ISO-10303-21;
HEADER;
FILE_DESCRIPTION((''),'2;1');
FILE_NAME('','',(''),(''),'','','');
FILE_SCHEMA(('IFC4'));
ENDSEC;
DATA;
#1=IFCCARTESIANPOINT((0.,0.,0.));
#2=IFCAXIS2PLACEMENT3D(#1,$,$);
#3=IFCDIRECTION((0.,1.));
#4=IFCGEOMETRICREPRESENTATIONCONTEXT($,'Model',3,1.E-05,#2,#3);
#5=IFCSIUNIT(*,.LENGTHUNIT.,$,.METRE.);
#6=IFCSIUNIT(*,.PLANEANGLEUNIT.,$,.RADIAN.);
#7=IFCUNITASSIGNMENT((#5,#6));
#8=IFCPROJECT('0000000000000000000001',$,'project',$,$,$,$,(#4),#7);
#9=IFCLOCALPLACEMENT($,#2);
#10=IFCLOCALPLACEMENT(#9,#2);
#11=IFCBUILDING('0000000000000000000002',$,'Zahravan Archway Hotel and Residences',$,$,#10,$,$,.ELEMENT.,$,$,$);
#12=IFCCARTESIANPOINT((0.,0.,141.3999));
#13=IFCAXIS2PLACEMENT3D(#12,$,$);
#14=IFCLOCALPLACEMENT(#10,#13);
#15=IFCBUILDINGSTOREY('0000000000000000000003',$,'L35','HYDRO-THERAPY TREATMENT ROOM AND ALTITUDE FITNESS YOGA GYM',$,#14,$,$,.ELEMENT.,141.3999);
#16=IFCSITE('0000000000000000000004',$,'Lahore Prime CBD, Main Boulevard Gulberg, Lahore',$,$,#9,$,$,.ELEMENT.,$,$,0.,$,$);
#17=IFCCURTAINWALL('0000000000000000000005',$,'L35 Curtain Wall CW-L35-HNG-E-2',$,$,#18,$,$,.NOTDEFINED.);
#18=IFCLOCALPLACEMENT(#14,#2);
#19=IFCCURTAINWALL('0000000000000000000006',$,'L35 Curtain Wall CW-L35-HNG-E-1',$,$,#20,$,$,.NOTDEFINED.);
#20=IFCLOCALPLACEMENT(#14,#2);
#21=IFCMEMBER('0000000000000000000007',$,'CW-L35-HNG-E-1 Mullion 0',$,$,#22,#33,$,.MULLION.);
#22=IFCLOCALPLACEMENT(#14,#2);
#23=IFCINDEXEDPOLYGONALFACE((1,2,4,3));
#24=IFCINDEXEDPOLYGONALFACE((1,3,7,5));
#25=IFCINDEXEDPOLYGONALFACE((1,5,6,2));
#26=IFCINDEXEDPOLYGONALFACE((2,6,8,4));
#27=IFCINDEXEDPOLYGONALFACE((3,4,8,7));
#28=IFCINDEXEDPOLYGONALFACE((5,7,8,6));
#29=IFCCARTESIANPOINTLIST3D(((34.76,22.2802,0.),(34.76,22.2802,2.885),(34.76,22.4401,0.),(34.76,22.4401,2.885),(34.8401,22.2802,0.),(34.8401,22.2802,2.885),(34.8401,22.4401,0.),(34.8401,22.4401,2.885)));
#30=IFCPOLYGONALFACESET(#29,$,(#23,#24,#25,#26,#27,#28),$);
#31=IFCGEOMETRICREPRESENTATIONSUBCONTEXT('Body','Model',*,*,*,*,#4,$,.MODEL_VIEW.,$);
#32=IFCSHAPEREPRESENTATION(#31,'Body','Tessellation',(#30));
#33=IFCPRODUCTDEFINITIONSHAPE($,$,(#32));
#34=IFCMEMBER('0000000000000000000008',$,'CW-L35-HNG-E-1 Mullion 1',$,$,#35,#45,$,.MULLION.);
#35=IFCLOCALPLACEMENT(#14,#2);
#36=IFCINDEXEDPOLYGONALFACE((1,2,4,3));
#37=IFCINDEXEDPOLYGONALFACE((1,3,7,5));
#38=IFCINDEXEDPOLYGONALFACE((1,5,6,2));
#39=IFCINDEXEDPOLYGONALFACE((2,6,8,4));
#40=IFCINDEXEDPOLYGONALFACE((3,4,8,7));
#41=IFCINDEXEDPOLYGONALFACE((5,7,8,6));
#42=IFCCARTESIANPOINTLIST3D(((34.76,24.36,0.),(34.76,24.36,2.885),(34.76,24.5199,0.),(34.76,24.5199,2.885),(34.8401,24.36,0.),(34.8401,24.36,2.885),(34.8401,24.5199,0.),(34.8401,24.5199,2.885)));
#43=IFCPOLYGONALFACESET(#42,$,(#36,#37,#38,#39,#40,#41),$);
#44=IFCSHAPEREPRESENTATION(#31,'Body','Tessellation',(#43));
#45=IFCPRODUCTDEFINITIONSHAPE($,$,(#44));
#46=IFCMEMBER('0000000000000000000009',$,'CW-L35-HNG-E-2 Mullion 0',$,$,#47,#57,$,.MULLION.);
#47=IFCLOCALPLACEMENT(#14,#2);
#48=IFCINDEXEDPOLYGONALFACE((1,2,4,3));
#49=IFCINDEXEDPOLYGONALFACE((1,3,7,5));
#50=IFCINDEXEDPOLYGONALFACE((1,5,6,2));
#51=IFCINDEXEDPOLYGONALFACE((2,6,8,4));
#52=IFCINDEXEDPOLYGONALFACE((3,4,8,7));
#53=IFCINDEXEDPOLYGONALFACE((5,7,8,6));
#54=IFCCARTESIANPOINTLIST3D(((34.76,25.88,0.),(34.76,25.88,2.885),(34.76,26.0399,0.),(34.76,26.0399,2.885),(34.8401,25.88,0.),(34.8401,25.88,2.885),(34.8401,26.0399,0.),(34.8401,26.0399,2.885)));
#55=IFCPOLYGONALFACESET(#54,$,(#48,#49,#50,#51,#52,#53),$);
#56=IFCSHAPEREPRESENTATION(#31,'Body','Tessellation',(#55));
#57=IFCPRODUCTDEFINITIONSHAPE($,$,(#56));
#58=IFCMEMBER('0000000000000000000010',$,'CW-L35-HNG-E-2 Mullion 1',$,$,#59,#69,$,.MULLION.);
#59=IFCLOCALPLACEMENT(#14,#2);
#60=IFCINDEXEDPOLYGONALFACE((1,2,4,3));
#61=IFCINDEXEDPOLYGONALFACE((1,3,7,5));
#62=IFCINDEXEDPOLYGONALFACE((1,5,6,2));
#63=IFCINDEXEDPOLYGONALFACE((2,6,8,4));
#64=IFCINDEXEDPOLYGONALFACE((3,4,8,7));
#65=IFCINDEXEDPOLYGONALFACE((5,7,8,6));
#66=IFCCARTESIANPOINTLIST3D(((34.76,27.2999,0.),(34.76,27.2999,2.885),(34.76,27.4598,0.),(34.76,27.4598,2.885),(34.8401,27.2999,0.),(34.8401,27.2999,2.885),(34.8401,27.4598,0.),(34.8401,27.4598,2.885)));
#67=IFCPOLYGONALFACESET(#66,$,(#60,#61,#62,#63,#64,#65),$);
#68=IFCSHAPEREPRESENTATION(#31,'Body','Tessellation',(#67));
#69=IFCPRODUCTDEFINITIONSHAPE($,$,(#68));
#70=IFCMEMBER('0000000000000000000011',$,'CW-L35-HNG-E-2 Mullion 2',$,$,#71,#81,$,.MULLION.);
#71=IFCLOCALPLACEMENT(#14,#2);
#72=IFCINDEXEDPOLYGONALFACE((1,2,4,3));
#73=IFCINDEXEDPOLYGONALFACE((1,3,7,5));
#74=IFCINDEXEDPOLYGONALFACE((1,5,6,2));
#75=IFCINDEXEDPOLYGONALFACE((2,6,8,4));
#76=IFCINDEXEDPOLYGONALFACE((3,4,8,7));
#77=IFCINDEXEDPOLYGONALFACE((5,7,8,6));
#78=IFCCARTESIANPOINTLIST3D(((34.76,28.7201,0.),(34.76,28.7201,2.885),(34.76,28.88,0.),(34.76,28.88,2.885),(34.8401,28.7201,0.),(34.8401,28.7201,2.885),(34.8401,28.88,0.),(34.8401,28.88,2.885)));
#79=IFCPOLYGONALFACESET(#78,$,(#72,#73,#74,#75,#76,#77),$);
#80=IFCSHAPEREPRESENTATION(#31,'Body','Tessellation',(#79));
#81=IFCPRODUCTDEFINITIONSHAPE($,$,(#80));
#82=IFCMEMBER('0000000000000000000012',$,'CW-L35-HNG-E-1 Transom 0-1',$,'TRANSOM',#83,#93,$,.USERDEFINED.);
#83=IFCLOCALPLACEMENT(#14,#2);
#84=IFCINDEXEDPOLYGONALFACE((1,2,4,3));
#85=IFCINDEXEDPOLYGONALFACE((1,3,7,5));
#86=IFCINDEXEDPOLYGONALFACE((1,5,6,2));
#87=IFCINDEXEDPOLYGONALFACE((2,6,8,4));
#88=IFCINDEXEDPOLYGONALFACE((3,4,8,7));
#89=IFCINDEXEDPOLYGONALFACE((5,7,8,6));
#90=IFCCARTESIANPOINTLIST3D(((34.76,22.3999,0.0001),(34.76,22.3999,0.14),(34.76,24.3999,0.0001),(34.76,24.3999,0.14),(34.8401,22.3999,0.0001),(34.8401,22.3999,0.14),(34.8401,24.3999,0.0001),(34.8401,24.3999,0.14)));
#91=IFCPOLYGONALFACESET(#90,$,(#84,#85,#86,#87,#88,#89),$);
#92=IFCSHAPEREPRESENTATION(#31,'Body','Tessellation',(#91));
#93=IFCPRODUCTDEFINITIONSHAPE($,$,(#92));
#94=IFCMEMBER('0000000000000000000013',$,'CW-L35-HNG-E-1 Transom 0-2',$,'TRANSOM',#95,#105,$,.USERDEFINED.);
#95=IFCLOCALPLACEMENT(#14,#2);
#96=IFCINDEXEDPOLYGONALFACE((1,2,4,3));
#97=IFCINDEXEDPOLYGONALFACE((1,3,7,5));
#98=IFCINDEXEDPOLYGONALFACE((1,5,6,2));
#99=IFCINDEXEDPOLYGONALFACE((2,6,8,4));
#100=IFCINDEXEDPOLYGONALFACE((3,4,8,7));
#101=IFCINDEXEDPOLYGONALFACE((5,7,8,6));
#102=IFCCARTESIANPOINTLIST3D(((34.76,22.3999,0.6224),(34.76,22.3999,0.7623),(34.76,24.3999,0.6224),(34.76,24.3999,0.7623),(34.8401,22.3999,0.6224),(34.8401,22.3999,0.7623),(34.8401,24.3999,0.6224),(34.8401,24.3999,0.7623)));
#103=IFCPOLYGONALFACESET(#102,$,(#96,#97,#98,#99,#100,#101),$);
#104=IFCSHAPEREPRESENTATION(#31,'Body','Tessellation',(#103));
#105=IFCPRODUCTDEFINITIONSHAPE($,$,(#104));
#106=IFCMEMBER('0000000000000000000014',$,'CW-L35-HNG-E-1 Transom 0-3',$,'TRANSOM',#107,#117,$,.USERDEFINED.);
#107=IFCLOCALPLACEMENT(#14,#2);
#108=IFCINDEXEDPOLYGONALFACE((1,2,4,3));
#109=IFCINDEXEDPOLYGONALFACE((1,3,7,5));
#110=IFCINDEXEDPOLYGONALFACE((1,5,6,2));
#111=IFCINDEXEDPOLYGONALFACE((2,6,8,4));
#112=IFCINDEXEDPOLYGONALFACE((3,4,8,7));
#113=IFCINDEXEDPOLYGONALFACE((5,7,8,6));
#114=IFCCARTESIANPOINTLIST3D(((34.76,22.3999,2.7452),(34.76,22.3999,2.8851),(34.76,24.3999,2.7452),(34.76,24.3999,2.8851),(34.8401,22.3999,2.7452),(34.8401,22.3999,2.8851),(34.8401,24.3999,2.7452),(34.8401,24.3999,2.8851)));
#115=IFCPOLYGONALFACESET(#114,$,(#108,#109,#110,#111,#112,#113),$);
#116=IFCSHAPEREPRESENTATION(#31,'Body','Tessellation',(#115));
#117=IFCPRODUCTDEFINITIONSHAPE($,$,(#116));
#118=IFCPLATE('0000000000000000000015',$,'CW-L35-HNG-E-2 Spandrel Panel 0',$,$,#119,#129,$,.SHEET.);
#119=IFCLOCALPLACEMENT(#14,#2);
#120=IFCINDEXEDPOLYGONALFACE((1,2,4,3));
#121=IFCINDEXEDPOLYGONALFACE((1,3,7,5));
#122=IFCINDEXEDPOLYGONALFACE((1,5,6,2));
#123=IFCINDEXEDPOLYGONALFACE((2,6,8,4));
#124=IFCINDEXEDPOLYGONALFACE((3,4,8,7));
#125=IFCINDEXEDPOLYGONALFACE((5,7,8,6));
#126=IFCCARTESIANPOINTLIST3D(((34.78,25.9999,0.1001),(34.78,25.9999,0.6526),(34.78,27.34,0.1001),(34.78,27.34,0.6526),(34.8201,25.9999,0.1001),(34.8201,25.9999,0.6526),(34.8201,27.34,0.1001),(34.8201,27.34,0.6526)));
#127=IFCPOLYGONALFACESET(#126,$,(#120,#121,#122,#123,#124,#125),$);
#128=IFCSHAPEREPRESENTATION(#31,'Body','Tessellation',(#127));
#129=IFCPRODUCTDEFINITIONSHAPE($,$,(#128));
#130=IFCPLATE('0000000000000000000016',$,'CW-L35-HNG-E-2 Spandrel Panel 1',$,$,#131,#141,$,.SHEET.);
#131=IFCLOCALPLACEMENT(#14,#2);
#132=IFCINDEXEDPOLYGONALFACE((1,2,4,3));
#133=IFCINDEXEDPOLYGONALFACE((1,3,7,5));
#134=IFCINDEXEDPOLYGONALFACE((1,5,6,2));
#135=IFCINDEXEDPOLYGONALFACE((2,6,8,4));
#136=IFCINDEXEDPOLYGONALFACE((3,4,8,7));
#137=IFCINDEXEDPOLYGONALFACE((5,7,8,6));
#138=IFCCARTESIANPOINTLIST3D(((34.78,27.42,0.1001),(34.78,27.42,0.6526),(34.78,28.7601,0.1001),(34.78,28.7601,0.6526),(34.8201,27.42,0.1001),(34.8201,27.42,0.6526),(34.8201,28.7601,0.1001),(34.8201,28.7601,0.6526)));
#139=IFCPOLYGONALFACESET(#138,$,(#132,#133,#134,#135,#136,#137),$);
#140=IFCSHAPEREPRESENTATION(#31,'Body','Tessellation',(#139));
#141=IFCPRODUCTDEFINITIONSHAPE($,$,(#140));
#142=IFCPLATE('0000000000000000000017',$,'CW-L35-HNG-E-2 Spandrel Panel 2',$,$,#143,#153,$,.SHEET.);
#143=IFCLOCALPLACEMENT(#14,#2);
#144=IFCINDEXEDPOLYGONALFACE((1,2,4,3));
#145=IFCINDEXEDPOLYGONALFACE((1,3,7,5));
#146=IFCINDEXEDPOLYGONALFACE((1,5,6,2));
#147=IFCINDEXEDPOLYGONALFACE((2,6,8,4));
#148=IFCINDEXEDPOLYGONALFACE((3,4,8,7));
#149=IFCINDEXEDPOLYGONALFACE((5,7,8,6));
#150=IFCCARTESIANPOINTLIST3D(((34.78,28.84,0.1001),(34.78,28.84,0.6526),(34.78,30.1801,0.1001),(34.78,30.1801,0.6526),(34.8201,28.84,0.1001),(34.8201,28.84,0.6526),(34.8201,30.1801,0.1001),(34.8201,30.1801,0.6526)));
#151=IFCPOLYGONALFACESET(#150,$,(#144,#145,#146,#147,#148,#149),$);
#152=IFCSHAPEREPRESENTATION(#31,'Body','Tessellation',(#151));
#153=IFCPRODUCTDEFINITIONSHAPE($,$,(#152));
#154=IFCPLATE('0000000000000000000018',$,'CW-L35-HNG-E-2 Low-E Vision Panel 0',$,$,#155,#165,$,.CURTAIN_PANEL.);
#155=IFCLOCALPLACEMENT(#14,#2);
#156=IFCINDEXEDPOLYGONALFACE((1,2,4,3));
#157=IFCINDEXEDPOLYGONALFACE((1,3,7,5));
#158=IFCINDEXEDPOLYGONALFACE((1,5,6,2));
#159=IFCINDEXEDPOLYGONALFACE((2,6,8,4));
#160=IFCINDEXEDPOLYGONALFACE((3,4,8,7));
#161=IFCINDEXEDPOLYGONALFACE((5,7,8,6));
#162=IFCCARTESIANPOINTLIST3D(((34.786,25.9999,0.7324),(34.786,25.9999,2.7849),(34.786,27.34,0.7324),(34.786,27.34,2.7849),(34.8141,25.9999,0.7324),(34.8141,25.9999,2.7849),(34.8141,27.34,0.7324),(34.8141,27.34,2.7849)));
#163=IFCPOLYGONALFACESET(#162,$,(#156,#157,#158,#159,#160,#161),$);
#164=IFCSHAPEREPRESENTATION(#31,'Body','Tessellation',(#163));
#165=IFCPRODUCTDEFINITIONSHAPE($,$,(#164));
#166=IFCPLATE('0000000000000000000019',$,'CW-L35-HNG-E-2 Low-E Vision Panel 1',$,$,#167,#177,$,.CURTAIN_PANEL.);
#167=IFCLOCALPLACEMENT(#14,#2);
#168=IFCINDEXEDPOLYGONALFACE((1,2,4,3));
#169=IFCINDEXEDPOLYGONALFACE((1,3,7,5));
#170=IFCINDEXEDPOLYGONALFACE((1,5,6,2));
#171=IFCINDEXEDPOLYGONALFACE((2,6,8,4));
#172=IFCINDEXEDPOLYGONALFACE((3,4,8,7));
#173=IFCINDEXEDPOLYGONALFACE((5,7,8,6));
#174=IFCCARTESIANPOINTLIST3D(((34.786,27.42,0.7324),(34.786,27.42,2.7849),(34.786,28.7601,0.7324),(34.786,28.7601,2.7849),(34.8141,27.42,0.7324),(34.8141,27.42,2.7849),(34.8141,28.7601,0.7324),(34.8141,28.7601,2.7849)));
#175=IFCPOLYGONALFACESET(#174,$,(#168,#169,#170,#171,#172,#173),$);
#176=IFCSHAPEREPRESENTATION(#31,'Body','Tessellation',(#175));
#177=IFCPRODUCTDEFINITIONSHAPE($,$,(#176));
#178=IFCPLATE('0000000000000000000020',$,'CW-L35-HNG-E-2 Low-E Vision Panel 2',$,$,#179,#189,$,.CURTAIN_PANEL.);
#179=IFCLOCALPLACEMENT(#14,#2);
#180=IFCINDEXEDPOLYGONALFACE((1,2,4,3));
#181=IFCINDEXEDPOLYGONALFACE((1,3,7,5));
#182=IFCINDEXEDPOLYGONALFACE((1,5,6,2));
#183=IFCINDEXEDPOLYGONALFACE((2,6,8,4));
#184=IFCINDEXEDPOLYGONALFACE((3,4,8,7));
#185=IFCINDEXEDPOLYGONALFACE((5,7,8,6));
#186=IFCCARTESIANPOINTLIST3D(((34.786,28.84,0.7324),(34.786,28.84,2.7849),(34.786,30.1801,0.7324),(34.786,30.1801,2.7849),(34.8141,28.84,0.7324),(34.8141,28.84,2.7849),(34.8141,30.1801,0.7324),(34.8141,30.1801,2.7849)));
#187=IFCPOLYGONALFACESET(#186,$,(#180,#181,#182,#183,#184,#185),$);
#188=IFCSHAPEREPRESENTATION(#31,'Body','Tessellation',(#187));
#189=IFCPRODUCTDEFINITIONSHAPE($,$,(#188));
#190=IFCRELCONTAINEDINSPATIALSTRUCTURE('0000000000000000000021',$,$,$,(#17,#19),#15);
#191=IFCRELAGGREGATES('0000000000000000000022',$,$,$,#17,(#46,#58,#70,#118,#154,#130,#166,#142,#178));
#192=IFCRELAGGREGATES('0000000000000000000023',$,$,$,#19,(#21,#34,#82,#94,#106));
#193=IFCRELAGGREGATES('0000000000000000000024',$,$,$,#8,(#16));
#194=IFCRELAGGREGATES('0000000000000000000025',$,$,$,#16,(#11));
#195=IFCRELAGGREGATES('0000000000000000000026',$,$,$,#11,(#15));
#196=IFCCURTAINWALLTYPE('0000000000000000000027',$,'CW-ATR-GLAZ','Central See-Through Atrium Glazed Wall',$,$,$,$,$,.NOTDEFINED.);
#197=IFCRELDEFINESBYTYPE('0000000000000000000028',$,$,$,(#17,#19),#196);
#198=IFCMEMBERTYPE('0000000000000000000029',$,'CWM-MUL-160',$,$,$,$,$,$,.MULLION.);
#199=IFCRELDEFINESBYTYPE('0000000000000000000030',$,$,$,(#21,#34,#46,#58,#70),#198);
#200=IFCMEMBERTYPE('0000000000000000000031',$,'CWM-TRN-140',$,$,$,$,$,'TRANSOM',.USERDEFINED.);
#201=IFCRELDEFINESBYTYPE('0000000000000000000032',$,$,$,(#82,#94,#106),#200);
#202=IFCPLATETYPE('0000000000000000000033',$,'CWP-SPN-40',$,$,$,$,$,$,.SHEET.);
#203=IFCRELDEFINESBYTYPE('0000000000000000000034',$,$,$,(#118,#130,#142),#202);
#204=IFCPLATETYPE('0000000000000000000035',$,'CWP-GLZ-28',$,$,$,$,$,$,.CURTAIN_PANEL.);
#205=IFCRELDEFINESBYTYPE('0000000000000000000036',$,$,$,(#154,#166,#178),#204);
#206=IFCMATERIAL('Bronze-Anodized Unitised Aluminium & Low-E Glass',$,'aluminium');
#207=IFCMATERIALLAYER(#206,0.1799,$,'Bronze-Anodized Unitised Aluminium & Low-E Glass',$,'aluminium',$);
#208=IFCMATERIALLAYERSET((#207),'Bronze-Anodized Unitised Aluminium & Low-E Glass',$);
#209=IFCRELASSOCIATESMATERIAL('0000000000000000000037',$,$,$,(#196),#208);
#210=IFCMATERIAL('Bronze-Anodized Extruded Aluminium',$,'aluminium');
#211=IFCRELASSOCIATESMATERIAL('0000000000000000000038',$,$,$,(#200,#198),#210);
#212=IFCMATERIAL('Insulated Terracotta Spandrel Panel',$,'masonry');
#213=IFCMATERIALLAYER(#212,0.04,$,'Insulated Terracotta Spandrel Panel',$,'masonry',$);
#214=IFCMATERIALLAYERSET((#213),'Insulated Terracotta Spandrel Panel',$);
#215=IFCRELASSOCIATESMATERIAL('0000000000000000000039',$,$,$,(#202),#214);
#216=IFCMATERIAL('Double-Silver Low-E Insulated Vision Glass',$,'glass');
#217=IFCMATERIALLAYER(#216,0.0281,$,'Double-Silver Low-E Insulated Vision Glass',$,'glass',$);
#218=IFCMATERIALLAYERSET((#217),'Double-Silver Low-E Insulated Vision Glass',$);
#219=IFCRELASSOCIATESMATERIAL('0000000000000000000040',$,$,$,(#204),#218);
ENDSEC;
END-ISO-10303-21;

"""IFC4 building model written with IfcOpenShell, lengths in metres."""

from ifc_helpers import new_model, si_unit, direction, frame, origin, origin_2d, place, context, subcontext, project, spatial, rectangle, extrude, source, transform, mapped, material, layer, layer_set, material_profile, profile_set, type_object, element, aggregate, save


model = new_model("IFC4")

# Units and contexts
model_context = context("Model", 3, precision=1e-05, world=origin(), true_north=direction((0.0, 1.0)))
body_context = subcontext(model_context, "Body", "Model", "MODEL_VIEW")
ifc_project = project(units=[si_unit("LENGTHUNIT", "METRE"), si_unit("PLANEANGLEUNIT", "RADIAN")], contexts=[model_context])

# Site, building, storey
site_placement = place(None, origin())
site = spatial("IfcSite", under=ifc_project, at=site_placement, Name="Lahore Prime CBD, Main Boulevard Gulberg, Lahore", CompositionType="ELEMENT", RefElevation=0.0)
building_placement = place(site_placement, origin())
building = spatial("IfcBuilding", under=site, at=building_placement, Name="Zahravan Archway Hotel and Residences", CompositionType="ELEMENT")
storey_placement = place(building_placement, frame((0.0, 0.0, 141.3999)))
storey = spatial("IfcBuildingStorey", under=building, at=storey_placement, Name="L35", Description="HYDRO-THERAPY TREATMENT ROOM AND ALTITUDE FITNESS YOGA GYM", CompositionType="ELEMENT", Elevation=141.3999)

# Curtain walls, members
ifc_material_1 = material(Name="Bronze-Anodized Unitised Aluminium & Low-E Glass", Category="aluminium")
ifc_layer_1 = layer(ifc_material_1, 0.1799, Name="Bronze-Anodized Unitised Aluminium & Low-E Glass", Category="aluminium")
ifc_layer_set_1 = layer_set([ifc_layer_1], Name="Bronze-Anodized Unitised Aluminium & Low-E Glass")
curtain_wall_type = type_object("IfcCurtainWallType", Name="CW-ATR-GLAZ", Description="Central See-Through Atrium Glazed Wall", PredefinedType="NOTDEFINED", material=ifc_layer_set_1)
curtain_wall_1_placement = place(storey_placement, origin())
curtain_wall_1 = element("IfcCurtainWall", 1, at=curtain_wall_1_placement, inside=storey, type_object=curtain_wall_type, Name="L35 Curtain Wall CW-L35-HNG-E-2", PredefinedType="NOTDEFINED")
ifc_material_2 = material(Name="Bronze-Anodized Extruded Aluminium", Category="aluminium")
ifc_material_profile_1 = material_profile(ifc_material_2, rectangle(XDim=0.0801, YDim=0.1399, at=origin_2d()), Name="TRN 80x140", Category="aluminium")
ifc_profile_set_1 = profile_set([ifc_material_profile_1], Name="Bronze-Anodized Extruded Aluminium")
member_type_1 = type_object("IfcMemberType", Name="CWM-TRN-140", ElementType="TRANSOM", PredefinedType="USERDEFINED", material=ifc_profile_set_1)
curtain_wall_2_placement = place(storey_placement, origin())
curtain_wall_2 = element("IfcCurtainWall", 2, at=curtain_wall_2_placement, inside=storey, type_object=curtain_wall_type, Name="L35 Curtain Wall CW-L35-HNG-E-1", PredefinedType="NOTDEFINED")
ifc_material_profile_2 = material_profile(ifc_material_2, rectangle(XDim=0.0801, YDim=0.1599, at=origin_2d()), Name="MUL 80x160", Category="aluminium")
ifc_profile_set_2 = profile_set([ifc_material_profile_2], Name="Bronze-Anodized Extruded Aluminium")
member_type_2 = type_object("IfcMemberType", Name="CWM-MUL-160", PredefinedType="MULLION", material=ifc_profile_set_2)
shared_shape_1 = source(origin(), body_context, "Body", "SweptSolid", [
    extrude(rectangle(XDim=0.0801, YDim=0.1599, at=origin_2d()), origin(), (0.0, 0.0, 1.0), 2.885),
])
member_1_placement = place(storey_placement, frame((34.8, 22.3601, 0.0), z_axis=(0.0, 0.0, 1.0), x_axis=(1.0, 0.0, 0.0)))
member_1 = element("IfcMember", 3, at=member_1_placement, type_object=member_type_2, Name="CW-L35-HNG-E-1 Mullion 0", PredefinedType="MULLION", context=body_context, shape_type="MappedRepresentation", body=[
    mapped(shared_shape_1, transform((0.0, 0.0, 0.0), scale=1.0)),
])
member_2_placement = place(storey_placement, frame((34.8, 24.4399, 0.0), z_axis=(0.0, 0.0, 1.0), x_axis=(1.0, 0.0, 0.0)))
member_2 = element("IfcMember", 4, at=member_2_placement, type_object=member_type_2, Name="CW-L35-HNG-E-1 Mullion 1", PredefinedType="MULLION", context=body_context, shape_type="MappedRepresentation", body=[
    mapped(shared_shape_1, transform((0.0, 0.0, 0.0), scale=1.0)),
])

# Members
member_3_placement = place(storey_placement, frame((34.8, 25.96, 0.0), z_axis=(0.0, 0.0, 1.0), x_axis=(1.0, 0.0, 0.0)))
member_3 = element("IfcMember", 5, at=member_3_placement, type_object=member_type_2, Name="CW-L35-HNG-E-2 Mullion 0", PredefinedType="MULLION", context=body_context, shape_type="MappedRepresentation", body=[
    mapped(shared_shape_1, transform((0.0, 0.0, 0.0), scale=1.0)),
])
member_4_placement = place(storey_placement, frame((34.8, 27.3799, 0.0), z_axis=(0.0, 0.0, 1.0), x_axis=(1.0, 0.0, 0.0)))
member_4 = element("IfcMember", 6, at=member_4_placement, type_object=member_type_2, Name="CW-L35-HNG-E-2 Mullion 1", PredefinedType="MULLION", context=body_context, shape_type="MappedRepresentation", body=[
    mapped(shared_shape_1, transform((0.0, 0.0, 0.0), scale=1.0)),
])
member_5_placement = place(storey_placement, frame((34.8, 28.8, 0.0), z_axis=(0.0, 0.0, 1.0), x_axis=(1.0, 0.0, 0.0)))
member_5 = element("IfcMember", 7, at=member_5_placement, type_object=member_type_2, Name="CW-L35-HNG-E-2 Mullion 2", PredefinedType="MULLION", context=body_context, shape_type="MappedRepresentation", body=[
    mapped(shared_shape_1, transform((0.0, 0.0, 0.0), scale=1.0)),
])
shared_shape_2 = source(origin(), body_context, "Body", "SweptSolid", [
    extrude(rectangle(XDim=0.0801, YDim=0.1399, at=origin_2d()), origin(), (0.0, 0.0, 1.0), 2.0),
])
member_6_placement = place(storey_placement, frame((34.8, 22.3999, 0.0701), z_axis=(0.0, 1.0, 0.0), x_axis=(-1.0, 0.0, 0.0)))
member_6 = element("IfcMember", 8, at=member_6_placement, type_object=member_type_1, Name="CW-L35-HNG-E-1 Transom 0-1", ObjectType="TRANSOM", PredefinedType="USERDEFINED", context=body_context, shape_type="MappedRepresentation", body=[
    mapped(shared_shape_2, transform((0.0, 0.0, 0.0), scale=1.0)),
])
member_7_placement = place(storey_placement, frame((34.8, 22.3999, 0.6924), z_axis=(0.0, 1.0, 0.0), x_axis=(-1.0, 0.0, 0.0)))
member_7 = element("IfcMember", 9, at=member_7_placement, type_object=member_type_1, Name="CW-L35-HNG-E-1 Transom 0-2", ObjectType="TRANSOM", PredefinedType="USERDEFINED", context=body_context, shape_type="MappedRepresentation", body=[
    mapped(shared_shape_2, transform((0.0, 0.0, 0.0), scale=1.0)),
])
member_8_placement = place(storey_placement, frame((34.8, 22.3999, 2.8152), z_axis=(0.0, 1.0, 0.0), x_axis=(-1.0, 0.0, 0.0)))
member_8 = element("IfcMember", 10, at=member_8_placement, type_object=member_type_1, Name="CW-L35-HNG-E-1 Transom 0-3", ObjectType="TRANSOM", PredefinedType="USERDEFINED", context=body_context, shape_type="MappedRepresentation", body=[
    mapped(shared_shape_2, transform((0.0, 0.0, 0.0), scale=1.0)),
])

# Plates
ifc_material_3 = material(Name="Insulated Terracotta Spandrel Panel", Category="masonry")
ifc_layer_2 = layer(ifc_material_3, 0.04, Name="Insulated Terracotta Spandrel Panel", Category="masonry")
ifc_layer_set_2 = layer_set([ifc_layer_2], Name="Insulated Terracotta Spandrel Panel")
plate_type_1 = type_object("IfcPlateType", Name="CWP-SPN-40", PredefinedType="SHEET", material=ifc_layer_set_2)
shared_shape_3 = source(origin(), body_context, "Body", "SweptSolid", [
    extrude(rectangle(XDim=1.3401, YDim=0.04, at=origin_2d()), origin(), (0.0, 0.0, 1.0), 0.5525),
])
plate_1_placement = place(storey_placement, frame((34.8, 26.6699, 0.1001), z_axis=(0.0, 0.0, 1.0), x_axis=(0.0, 1.0, 0.0)))
plate_1 = element("IfcPlate", 11, at=plate_1_placement, type_object=plate_type_1, Name="CW-L35-HNG-E-2 Spandrel Panel 0", PredefinedType="SHEET", context=body_context, shape_type="MappedRepresentation", body=[
    mapped(shared_shape_3, transform((0.0, 0.0, 0.0), scale=1.0)),
])
plate_2_placement = place(storey_placement, frame((34.8, 28.0901, 0.1001), z_axis=(0.0, 0.0, 1.0), x_axis=(0.0, 1.0, 0.0)))
plate_2 = element("IfcPlate", 12, at=plate_2_placement, type_object=plate_type_1, Name="CW-L35-HNG-E-2 Spandrel Panel 1", PredefinedType="SHEET", context=body_context, shape_type="MappedRepresentation", body=[
    mapped(shared_shape_3, transform((0.0, 0.0, 0.0), scale=1.0)),
])
plate_3_placement = place(storey_placement, frame((34.8, 29.51, 0.1001), z_axis=(0.0, 0.0, 1.0), x_axis=(0.0, 1.0, 0.0)))
plate_3 = element("IfcPlate", 13, at=plate_3_placement, type_object=plate_type_1, Name="CW-L35-HNG-E-2 Spandrel Panel 2", PredefinedType="SHEET", context=body_context, shape_type="MappedRepresentation", body=[
    mapped(shared_shape_3, transform((0.0, 0.0, 0.0), scale=1.0)),
])
ifc_material_4 = material(Name="Double-Silver Low-E Insulated Vision Glass", Category="glass")
ifc_layer_3 = layer(ifc_material_4, 0.0281, Name="Double-Silver Low-E Insulated Vision Glass", Category="glass")
ifc_layer_set_3 = layer_set([ifc_layer_3], Name="Double-Silver Low-E Insulated Vision Glass")
plate_type_2 = type_object("IfcPlateType", Name="CWP-GLZ-28", PredefinedType="CURTAIN_PANEL", material=ifc_layer_set_3)
shared_shape_4 = source(origin(), body_context, "Body", "SweptSolid", [
    extrude(rectangle(XDim=1.3401, YDim=0.0281, at=origin_2d()), origin(), (0.0, 0.0, 1.0), 2.0525),
])
plate_4_placement = place(storey_placement, frame((34.8, 26.6699, 0.7324), z_axis=(0.0, 0.0, 1.0), x_axis=(0.0, 1.0, 0.0)))
plate_4 = element("IfcPlate", 14, at=plate_4_placement, type_object=plate_type_2, Name="CW-L35-HNG-E-2 Low-E Vision Panel 0", PredefinedType="CURTAIN_PANEL", context=body_context, shape_type="MappedRepresentation", body=[
    mapped(shared_shape_4, transform((0.0, 0.0, 0.0), scale=1.0)),
])
plate_5_placement = place(storey_placement, frame((34.8, 28.0901, 0.7324), z_axis=(0.0, 0.0, 1.0), x_axis=(0.0, 1.0, 0.0)))
plate_5 = element("IfcPlate", 15, at=plate_5_placement, type_object=plate_type_2, Name="CW-L35-HNG-E-2 Low-E Vision Panel 1", PredefinedType="CURTAIN_PANEL", context=body_context, shape_type="MappedRepresentation", body=[
    mapped(shared_shape_4, transform((0.0, 0.0, 0.0), scale=1.0)),
])
plate_6_placement = place(storey_placement, frame((34.8, 29.51, 0.7324), z_axis=(0.0, 0.0, 1.0), x_axis=(0.0, 1.0, 0.0)))
plate_6 = element("IfcPlate", 16, at=plate_6_placement, type_object=plate_type_2, Name="CW-L35-HNG-E-2 Low-E Vision Panel 2", PredefinedType="CURTAIN_PANEL", context=body_context, shape_type="MappedRepresentation", body=[
    mapped(shared_shape_4, transform((0.0, 0.0, 0.0), scale=1.0)),
])
aggregate(curtain_wall_1, [member_3, member_4, member_5, plate_1, plate_4, plate_2, plate_5, plate_3, plate_6])
aggregate(curtain_wall_2, [member_1, member_2, member_6, member_7, member_8])

save(model, "model.ifc")
